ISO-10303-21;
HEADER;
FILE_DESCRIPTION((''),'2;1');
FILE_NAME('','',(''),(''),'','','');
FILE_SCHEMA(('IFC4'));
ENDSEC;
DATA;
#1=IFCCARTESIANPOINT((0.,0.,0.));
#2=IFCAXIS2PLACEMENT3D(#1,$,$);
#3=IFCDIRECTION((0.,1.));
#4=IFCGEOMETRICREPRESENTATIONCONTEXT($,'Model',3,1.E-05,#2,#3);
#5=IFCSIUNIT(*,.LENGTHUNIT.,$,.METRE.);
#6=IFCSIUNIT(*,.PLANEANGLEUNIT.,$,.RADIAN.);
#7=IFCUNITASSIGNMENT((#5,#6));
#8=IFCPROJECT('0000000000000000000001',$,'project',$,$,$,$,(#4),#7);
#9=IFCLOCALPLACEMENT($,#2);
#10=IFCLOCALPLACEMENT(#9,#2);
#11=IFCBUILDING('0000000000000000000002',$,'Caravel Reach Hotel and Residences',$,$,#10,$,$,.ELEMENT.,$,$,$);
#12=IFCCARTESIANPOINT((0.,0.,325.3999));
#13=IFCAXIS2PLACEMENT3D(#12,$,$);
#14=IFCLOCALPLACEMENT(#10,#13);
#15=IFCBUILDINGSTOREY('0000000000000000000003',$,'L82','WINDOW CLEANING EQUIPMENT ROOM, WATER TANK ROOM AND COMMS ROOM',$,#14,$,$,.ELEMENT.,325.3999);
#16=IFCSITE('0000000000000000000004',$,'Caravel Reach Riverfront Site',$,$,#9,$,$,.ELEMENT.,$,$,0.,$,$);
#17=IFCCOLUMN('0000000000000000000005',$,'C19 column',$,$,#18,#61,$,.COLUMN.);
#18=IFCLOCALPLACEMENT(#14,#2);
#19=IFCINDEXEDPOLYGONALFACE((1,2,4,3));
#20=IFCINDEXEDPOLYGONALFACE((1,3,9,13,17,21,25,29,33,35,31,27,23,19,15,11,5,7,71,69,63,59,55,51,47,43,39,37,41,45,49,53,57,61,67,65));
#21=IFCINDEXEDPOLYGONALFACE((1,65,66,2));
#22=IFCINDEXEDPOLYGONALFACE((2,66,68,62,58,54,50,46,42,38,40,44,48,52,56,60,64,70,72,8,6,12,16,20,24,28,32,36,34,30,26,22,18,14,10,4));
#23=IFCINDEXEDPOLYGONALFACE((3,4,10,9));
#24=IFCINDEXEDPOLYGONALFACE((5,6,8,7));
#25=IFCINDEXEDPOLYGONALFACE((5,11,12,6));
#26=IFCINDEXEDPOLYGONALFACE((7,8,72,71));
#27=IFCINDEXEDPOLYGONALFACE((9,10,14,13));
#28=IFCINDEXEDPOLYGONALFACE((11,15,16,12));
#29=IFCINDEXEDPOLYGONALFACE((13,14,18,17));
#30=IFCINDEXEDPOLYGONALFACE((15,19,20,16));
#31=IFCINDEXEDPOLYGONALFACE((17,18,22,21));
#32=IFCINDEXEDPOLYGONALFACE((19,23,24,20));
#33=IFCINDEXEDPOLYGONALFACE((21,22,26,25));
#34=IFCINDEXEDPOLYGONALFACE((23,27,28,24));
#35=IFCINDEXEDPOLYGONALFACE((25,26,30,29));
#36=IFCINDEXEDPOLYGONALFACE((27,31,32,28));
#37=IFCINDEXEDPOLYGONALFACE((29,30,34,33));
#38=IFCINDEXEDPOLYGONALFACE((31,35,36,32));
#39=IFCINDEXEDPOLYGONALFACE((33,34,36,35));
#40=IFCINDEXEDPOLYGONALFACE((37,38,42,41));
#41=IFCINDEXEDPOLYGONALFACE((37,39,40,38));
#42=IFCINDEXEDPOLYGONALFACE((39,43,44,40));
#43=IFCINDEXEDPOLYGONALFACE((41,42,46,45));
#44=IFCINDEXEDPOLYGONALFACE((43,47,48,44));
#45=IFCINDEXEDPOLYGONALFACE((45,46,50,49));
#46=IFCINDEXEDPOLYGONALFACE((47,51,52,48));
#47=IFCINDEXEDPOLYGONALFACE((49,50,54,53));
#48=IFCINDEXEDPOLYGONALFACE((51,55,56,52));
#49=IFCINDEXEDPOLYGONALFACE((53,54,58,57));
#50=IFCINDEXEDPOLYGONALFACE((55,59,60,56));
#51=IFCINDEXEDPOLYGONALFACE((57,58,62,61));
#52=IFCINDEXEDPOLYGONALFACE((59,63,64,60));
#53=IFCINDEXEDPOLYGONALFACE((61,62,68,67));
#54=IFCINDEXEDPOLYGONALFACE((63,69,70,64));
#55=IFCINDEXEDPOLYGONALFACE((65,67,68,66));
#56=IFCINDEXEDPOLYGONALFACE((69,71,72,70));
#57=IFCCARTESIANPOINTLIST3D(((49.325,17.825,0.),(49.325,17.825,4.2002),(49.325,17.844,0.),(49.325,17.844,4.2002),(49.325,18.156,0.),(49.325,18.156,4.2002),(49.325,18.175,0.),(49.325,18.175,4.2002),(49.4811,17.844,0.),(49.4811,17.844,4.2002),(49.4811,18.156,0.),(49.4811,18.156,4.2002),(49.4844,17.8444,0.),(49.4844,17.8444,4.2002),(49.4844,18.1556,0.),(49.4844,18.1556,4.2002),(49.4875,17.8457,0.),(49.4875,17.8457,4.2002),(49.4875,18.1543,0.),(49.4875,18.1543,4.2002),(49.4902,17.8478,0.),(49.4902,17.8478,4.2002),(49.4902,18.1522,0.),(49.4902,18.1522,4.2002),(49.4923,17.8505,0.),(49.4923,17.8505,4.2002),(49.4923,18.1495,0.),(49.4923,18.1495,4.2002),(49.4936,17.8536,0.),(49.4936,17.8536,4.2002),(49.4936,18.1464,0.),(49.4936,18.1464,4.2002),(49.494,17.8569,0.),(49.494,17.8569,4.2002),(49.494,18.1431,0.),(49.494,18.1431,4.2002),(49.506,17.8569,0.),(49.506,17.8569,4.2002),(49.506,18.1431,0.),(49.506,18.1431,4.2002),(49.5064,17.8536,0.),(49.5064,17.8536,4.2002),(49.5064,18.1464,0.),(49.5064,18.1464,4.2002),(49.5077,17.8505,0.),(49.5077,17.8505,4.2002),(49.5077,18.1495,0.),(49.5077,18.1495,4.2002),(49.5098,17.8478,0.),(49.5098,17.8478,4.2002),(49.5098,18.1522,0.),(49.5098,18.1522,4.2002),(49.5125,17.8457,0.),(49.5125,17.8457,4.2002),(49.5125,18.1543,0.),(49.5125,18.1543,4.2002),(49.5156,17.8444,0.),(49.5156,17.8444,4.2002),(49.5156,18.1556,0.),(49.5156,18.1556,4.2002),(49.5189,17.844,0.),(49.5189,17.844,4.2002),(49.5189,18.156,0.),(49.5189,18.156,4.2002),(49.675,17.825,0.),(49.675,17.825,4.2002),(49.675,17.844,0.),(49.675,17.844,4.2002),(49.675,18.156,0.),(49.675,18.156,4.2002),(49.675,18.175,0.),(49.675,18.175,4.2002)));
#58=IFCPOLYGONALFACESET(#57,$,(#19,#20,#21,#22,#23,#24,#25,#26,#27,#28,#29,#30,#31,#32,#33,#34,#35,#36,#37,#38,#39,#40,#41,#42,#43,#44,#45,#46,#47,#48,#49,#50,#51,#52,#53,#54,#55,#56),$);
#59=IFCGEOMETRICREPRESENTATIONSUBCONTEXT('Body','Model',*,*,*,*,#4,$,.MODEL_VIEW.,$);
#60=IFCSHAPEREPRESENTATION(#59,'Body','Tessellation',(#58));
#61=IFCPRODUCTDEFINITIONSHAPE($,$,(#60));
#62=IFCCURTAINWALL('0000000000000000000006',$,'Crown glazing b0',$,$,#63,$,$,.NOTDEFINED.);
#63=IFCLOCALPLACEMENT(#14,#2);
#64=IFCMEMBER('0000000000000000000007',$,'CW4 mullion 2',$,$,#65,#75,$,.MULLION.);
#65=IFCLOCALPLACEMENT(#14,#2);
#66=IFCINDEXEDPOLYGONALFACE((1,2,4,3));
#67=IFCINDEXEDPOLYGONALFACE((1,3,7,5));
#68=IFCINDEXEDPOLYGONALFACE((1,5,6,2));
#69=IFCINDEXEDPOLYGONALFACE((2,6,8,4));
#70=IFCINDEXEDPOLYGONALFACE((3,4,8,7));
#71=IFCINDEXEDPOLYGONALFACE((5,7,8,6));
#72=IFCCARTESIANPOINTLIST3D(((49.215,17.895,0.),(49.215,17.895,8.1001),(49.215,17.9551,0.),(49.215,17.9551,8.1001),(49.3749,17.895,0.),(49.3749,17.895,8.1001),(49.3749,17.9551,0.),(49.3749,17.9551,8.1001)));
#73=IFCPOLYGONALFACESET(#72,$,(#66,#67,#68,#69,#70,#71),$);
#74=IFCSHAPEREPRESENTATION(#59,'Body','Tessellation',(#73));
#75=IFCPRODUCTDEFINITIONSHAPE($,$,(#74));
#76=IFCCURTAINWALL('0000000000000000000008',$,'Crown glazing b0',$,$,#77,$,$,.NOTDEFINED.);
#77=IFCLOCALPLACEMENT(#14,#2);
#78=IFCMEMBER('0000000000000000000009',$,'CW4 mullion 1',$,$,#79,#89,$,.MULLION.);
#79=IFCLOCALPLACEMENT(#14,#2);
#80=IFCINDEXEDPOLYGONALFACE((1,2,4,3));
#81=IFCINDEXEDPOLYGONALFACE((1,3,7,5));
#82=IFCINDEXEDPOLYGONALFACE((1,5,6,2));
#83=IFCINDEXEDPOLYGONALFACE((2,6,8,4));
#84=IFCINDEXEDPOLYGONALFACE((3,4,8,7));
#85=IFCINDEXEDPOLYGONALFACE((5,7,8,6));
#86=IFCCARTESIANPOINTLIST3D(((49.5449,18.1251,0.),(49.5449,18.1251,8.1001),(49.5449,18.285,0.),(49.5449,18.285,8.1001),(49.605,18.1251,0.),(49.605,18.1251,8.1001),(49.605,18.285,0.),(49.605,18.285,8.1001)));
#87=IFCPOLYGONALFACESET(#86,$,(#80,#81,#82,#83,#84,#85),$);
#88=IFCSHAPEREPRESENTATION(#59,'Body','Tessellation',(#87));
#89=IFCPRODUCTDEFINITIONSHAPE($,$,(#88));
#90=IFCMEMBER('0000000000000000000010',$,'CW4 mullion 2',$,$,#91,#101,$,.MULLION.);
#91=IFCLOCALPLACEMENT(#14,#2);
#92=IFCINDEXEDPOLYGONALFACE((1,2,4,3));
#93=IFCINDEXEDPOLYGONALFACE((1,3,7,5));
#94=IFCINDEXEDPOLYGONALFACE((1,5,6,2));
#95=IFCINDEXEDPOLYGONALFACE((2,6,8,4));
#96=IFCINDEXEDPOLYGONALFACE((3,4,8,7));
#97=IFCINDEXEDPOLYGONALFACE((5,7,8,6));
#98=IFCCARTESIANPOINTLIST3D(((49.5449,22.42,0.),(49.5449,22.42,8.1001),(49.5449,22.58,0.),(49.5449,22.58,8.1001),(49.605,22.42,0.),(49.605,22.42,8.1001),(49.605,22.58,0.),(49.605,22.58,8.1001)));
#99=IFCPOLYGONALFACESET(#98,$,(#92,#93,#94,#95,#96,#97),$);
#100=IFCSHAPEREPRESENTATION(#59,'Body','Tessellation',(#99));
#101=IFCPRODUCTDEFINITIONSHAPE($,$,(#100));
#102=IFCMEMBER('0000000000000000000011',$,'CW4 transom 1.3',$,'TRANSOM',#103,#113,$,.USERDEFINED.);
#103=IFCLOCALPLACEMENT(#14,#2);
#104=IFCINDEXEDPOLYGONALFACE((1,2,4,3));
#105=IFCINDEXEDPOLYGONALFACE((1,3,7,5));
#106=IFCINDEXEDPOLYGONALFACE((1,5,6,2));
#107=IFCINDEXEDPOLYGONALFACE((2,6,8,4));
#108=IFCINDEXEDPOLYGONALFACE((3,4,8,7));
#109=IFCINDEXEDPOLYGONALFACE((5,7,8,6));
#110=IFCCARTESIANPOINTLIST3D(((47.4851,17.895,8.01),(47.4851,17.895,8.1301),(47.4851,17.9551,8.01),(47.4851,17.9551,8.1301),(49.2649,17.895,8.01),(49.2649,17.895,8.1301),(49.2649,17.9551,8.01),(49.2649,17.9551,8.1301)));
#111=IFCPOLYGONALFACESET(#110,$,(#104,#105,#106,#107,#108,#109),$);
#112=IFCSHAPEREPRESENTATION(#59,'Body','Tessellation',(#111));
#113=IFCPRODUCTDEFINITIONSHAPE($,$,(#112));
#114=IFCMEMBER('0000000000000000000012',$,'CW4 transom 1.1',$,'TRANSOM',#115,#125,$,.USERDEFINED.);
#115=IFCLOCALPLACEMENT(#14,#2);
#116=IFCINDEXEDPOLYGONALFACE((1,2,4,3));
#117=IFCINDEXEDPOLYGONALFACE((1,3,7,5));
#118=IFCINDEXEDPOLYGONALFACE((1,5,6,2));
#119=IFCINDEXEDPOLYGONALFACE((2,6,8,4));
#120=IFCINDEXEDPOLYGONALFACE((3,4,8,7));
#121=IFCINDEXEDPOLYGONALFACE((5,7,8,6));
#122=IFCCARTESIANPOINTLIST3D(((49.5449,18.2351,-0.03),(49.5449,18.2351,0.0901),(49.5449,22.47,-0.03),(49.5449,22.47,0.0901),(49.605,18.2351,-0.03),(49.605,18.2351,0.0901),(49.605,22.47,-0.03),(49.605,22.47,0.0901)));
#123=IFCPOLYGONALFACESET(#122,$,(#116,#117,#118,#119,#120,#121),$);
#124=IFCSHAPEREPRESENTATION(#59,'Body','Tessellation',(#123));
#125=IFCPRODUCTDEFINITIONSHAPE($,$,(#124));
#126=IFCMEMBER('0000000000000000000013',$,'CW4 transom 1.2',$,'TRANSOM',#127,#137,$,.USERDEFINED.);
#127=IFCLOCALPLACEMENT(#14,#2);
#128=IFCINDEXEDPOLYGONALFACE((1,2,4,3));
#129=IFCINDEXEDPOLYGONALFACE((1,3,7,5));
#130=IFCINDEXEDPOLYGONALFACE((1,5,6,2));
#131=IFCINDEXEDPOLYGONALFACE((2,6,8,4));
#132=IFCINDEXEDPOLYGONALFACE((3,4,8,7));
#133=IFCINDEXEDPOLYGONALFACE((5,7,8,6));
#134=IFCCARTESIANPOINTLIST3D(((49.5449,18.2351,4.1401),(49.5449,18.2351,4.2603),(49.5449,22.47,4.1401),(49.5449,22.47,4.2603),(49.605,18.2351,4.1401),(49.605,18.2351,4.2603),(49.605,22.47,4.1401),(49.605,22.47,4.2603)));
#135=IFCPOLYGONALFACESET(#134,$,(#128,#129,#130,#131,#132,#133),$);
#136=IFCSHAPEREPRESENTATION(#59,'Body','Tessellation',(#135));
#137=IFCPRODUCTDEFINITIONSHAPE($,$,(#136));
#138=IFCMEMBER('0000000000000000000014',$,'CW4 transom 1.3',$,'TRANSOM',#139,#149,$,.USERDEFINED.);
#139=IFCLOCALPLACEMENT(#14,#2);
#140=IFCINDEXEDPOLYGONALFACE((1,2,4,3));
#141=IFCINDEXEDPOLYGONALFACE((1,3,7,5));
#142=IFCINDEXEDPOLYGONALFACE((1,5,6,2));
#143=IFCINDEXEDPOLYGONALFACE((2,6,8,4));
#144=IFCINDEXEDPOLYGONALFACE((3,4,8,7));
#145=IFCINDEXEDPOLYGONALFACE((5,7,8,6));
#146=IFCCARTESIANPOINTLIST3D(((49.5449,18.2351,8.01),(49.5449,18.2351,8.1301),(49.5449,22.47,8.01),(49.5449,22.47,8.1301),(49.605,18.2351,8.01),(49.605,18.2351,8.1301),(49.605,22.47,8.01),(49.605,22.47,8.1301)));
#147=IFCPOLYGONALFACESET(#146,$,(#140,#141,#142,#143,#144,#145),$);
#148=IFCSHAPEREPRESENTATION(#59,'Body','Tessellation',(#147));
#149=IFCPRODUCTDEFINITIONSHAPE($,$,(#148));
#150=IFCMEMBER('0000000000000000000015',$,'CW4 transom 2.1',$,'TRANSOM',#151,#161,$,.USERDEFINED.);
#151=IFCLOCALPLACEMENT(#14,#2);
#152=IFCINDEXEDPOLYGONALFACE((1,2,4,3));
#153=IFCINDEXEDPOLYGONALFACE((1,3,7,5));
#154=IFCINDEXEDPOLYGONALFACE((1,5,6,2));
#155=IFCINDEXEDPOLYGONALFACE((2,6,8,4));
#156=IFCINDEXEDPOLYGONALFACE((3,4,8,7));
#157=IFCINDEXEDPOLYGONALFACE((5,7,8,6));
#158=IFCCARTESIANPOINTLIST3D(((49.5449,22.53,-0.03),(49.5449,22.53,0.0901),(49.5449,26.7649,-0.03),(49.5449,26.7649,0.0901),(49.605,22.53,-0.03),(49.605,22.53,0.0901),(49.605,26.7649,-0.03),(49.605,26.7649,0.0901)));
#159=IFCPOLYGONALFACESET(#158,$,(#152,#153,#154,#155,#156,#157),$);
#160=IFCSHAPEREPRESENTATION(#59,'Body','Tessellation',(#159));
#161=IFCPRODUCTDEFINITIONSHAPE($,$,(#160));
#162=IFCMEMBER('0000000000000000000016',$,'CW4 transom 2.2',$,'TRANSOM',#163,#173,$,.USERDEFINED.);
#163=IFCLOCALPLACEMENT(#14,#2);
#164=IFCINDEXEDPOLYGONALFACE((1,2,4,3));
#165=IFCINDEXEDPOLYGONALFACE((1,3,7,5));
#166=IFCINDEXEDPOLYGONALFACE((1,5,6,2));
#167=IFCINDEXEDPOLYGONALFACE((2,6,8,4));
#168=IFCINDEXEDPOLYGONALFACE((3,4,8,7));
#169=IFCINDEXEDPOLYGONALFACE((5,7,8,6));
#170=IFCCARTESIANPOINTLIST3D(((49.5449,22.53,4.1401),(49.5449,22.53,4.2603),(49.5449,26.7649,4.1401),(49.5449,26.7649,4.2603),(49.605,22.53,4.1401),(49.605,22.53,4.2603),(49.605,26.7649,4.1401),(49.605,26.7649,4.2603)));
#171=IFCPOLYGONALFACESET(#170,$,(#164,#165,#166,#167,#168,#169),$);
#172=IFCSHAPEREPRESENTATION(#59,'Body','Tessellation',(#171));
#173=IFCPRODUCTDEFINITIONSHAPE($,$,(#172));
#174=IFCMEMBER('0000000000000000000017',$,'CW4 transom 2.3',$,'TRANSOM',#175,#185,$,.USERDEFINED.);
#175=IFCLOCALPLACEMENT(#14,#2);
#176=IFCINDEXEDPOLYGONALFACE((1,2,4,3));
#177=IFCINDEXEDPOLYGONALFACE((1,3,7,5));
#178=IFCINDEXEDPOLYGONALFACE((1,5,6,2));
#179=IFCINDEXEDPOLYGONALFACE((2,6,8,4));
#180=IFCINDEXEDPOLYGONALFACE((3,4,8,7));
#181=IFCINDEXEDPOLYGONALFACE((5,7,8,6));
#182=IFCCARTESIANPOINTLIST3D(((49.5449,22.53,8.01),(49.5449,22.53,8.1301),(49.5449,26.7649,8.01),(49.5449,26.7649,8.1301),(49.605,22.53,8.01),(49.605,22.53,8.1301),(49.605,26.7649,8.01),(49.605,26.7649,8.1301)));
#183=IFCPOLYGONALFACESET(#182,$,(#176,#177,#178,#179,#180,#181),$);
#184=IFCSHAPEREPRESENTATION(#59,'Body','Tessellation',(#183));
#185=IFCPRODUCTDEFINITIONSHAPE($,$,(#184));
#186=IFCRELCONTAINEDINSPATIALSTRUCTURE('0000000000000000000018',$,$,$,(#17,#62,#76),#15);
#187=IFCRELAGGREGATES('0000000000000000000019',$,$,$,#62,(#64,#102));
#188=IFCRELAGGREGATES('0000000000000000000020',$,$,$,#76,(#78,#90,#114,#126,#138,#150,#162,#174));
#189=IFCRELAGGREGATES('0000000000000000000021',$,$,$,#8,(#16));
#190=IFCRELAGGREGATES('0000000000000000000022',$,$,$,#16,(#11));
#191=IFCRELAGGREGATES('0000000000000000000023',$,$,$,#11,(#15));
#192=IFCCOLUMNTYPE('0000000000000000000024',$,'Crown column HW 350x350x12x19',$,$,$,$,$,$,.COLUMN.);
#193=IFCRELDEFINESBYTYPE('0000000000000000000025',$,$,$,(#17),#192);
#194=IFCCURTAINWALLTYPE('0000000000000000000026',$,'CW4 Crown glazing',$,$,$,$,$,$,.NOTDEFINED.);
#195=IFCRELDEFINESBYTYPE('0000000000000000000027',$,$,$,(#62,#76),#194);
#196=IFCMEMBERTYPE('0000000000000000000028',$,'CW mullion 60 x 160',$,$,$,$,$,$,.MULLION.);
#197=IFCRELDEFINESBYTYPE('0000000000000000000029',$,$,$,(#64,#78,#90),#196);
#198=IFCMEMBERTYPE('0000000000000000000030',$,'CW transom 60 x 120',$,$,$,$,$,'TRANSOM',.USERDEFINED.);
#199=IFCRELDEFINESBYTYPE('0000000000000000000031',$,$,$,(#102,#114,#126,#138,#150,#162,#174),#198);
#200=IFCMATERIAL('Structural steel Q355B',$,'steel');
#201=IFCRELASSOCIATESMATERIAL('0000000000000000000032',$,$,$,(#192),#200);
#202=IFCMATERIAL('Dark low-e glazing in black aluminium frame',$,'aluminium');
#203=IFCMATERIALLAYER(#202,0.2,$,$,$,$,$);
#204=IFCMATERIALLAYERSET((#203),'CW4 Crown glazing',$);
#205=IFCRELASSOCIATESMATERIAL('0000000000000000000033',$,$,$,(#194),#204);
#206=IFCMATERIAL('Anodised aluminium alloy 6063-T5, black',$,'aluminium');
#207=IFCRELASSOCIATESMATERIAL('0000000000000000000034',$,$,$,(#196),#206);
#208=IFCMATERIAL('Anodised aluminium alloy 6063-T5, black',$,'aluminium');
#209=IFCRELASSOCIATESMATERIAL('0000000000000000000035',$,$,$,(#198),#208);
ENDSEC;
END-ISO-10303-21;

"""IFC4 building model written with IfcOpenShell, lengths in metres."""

from ifc_helpers import new_model, si_unit, direction, frame, origin, origin_2d, place, context, subcontext, project, spatial, rectangle, i_section, extrude, material, layer, layer_set, material_profile, profile_set, type_object, element, aggregate, save


model = new_model("IFC4")

# Units and contexts
model_context = context("Model", 3, precision=1e-05, world=origin(), true_north=direction((0.0, 1.0)))
body_context = subcontext(model_context, "Body", "Model", "MODEL_VIEW")
ifc_project = project(units=[si_unit("LENGTHUNIT", "METRE"), si_unit("PLANEANGLEUNIT", "RADIAN")], contexts=[model_context])

# Site, building, storey
site_placement = place(None, origin())
site = spatial("IfcSite", under=ifc_project, at=site_placement, Name="Caravel Reach Riverfront Site", CompositionType="ELEMENT", RefElevation=0.0)
building_placement = place(site_placement, origin())
building = spatial("IfcBuilding", under=site, at=building_placement, Name="Caravel Reach Hotel and Residences", CompositionType="ELEMENT")
storey_placement = place(building_placement, frame((0.0, 0.0, 325.3999)))
storey = spatial("IfcBuildingStorey", under=building, at=storey_placement, Name="L82", Description="WINDOW CLEANING EQUIPMENT ROOM, WATER TANK ROOM AND COMMS ROOM", CompositionType="ELEMENT", Elevation=325.3999)

# Column
ifc_material_1 = material(Name="Structural steel Q355B", Category="steel")
ifc_material_profile_1 = material_profile(ifc_material_1, i_section(OverallWidth=0.3501, OverallDepth=0.3501, WebThickness=0.012, FlangeThickness=0.019, FilletRadius=0.0129, at=origin_2d()), Name="HW 350x350x12x19")
ifc_profile_set_1 = profile_set([ifc_material_profile_1], Name="Structural steel Q355B")
column_type = type_object("IfcColumnType", Name="Crown column HW 350x350x12x19", PredefinedType="COLUMN", material=ifc_profile_set_1)
column_placement = place(storey_placement, frame((49.5, 18.0, 0.0), z_axis=(0.0, 0.0, 1.0), x_axis=(1.0, 0.0, 0.0)))
element("IfcColumn", 1, at=column_placement, inside=storey, type_object=column_type, Name="C19 column", PredefinedType="COLUMN", context=body_context, shape_type="SweptSolid", body=[
    extrude(i_section(OverallWidth=0.3501, OverallDepth=0.3501, WebThickness=0.012, FlangeThickness=0.019, FilletRadius=0.0129, at=origin_2d()), origin(), (0.0, 0.0, 1.0), 4.2002),
])

# Curtain wall, member
ifc_material_2 = material(Name="Dark low-e glazing in black aluminium frame", Category="aluminium")
ifc_layer_1 = layer(ifc_material_2, 0.2)
ifc_layer_set_1 = layer_set([ifc_layer_1], Name="CW4 Crown glazing")
curtain_wall_type = type_object("IfcCurtainWallType", Name="CW4 Crown glazing", PredefinedType="NOTDEFINED", material=ifc_layer_set_1)
curtain_wall_1_placement = place(storey_placement, origin())
curtain_wall_1 = element("IfcCurtainWall", 2, at=curtain_wall_1_placement, inside=storey, type_object=curtain_wall_type, Name="Crown glazing b0", PredefinedType="NOTDEFINED")
ifc_material_3 = material(Name="Anodised aluminium alloy 6063-T5, black", Category="aluminium")
ifc_material_profile_2 = material_profile(ifc_material_3, rectangle(XDim=0.0601, YDim=0.1599, at=origin_2d()), Name="CW mullion 60 x 160")
ifc_profile_set_2 = profile_set([ifc_material_profile_2], Name="Anodised aluminium alloy 6063-T5, black")
member_type_1 = type_object("IfcMemberType", Name="CW mullion 60 x 160", PredefinedType="MULLION", material=ifc_profile_set_2)
member_1_placement = place(storey_placement, frame((49.2949, 17.925, 0.0), z_axis=(0.0, 0.0, 1.0), x_axis=(0.0, 1.0, 0.0)))
member_1 = element("IfcMember", 3, at=member_1_placement, type_object=member_type_1, Name="CW4 mullion 2", PredefinedType="MULLION", context=body_context, shape_type="SweptSolid", body=[
    extrude(rectangle(XDim=0.0601, YDim=0.1599, at=origin_2d()), origin(), (0.0, 0.0, 1.0), 8.1001),
])

# Curtain wall, members
curtain_wall_2_placement = place(storey_placement, origin())
curtain_wall_2 = element("IfcCurtainWall", 4, at=curtain_wall_2_placement, inside=storey, type_object=curtain_wall_type, Name="Crown glazing b0", PredefinedType="NOTDEFINED")
member_2_placement = place(storey_placement, frame((49.575, 18.2051, 0.0), z_axis=(0.0, 0.0, 1.0), x_axis=(-1.0, 0.0, 0.0)))
member_2 = element("IfcMember", 5, at=member_2_placement, type_object=member_type_1, Name="CW4 mullion 1", PredefinedType="MULLION", context=body_context, shape_type="SweptSolid", body=[
    extrude(rectangle(XDim=0.0601, YDim=0.1599, at=origin_2d()), origin(), (0.0, 0.0, 1.0), 8.1001),
])
member_3_placement = place(storey_placement, frame((49.575, 22.5, 0.0), z_axis=(0.0, 0.0, 1.0), x_axis=(-1.0, 0.0, 0.0)))
member_3 = element("IfcMember", 6, at=member_3_placement, type_object=member_type_1, Name="CW4 mullion 2", PredefinedType="MULLION", context=body_context, shape_type="SweptSolid", body=[
    extrude(rectangle(XDim=0.0601, YDim=0.1599, at=origin_2d()), origin(), (0.0, 0.0, 1.0), 8.1001),
])

# Members
ifc_material_4 = material(Name="Anodised aluminium alloy 6063-T5, black", Category="aluminium")
ifc_material_profile_3 = material_profile(ifc_material_4, rectangle(XDim=0.0601, YDim=0.1201, at=origin_2d()), Name="CW transom 60 x 120")
ifc_profile_set_3 = profile_set([ifc_material_profile_3], Name="Anodised aluminium alloy 6063-T5, black")
member_type_2 = type_object("IfcMemberType", Name="CW transom 60 x 120", ElementType="TRANSOM", PredefinedType="USERDEFINED", material=ifc_profile_set_3)
member_4_placement = place(storey_placement, frame((47.4851, 17.925, 8.0701), z_axis=(1.0, 0.0, 0.0), x_axis=(0.0, 1.0, 0.0)))
member_4 = element("IfcMember", 7, at=member_4_placement, type_object=member_type_2, Name="CW4 transom 1.3", ObjectType="TRANSOM", PredefinedType="USERDEFINED", context=body_context, shape_type="SweptSolid", body=[
    extrude(rectangle(XDim=0.0601, YDim=0.1201, at=origin_2d()), origin(), (0.0, 0.0, 1.0), 1.7798),
])
member_5_placement = place(storey_placement, frame((49.575, 18.2351, 0.03), z_axis=(0.0, 1.0, 0.0), x_axis=(-1.0, 0.0, 0.0)))
member_5 = element("IfcMember", 8, at=member_5_placement, type_object=member_type_2, Name="CW4 transom 1.1", ObjectType="TRANSOM", PredefinedType="USERDEFINED", context=body_context, shape_type="SweptSolid", body=[
    extrude(rectangle(XDim=0.0601, YDim=0.1201, at=origin_2d()), origin(), (0.0, 0.0, 1.0), 4.2349),
])
member_6_placement = place(storey_placement, frame((49.575, 18.2351, 4.2002), z_axis=(0.0, 1.0, 0.0), x_axis=(-1.0, 0.0, 0.0)))
member_6 = element("IfcMember", 9, at=member_6_placement, type_object=member_type_2, Name="CW4 transom 1.2", ObjectType="TRANSOM", PredefinedType="USERDEFINED", context=body_context, shape_type="SweptSolid", body=[
    extrude(rectangle(XDim=0.0601, YDim=0.1201, at=origin_2d()), origin(), (0.0, 0.0, 1.0), 4.2349),
])
member_7_placement = place(storey_placement, frame((49.575, 18.2351, 8.0701), z_axis=(0.0, 1.0, 0.0), x_axis=(-1.0, 0.0, 0.0)))
member_7 = element("IfcMember", 10, at=member_7_placement, type_object=member_type_2, Name="CW4 transom 1.3", ObjectType="TRANSOM", PredefinedType="USERDEFINED", context=body_context, shape_type="SweptSolid", body=[
    extrude(rectangle(XDim=0.0601, YDim=0.1201, at=origin_2d()), origin(), (0.0, 0.0, 1.0), 4.2349),
])
member_8_placement = place(storey_placement, frame((49.575, 22.53, 0.03), z_axis=(0.0, 1.0, 0.0), x_axis=(-1.0, 0.0, 0.0)))
member_8 = element("IfcMember", 11, at=member_8_placement, type_object=member_type_2, Name="CW4 transom 2.1", ObjectType="TRANSOM", PredefinedType="USERDEFINED", context=body_context, shape_type="SweptSolid", body=[
    extrude(rectangle(XDim=0.0601, YDim=0.1201, at=origin_2d()), origin(), (0.0, 0.0, 1.0), 4.2349),
])
member_9_placement = place(storey_placement, frame((49.575, 22.53, 4.2002), z_axis=(0.0, 1.0, 0.0), x_axis=(-1.0, 0.0, 0.0)))
member_9 = element("IfcMember", 12, at=member_9_placement, type_object=member_type_2, Name="CW4 transom 2.2", ObjectType="TRANSOM", PredefinedType="USERDEFINED", context=body_context, shape_type="SweptSolid", body=[
    extrude(rectangle(XDim=0.0601, YDim=0.1201, at=origin_2d()), origin(), (0.0, 0.0, 1.0), 4.2349),
])
member_10_placement = place(storey_placement, frame((49.575, 22.53, 8.0701), z_axis=(0.0, 1.0, 0.0), x_axis=(-1.0, 0.0, 0.0)))
member_10 = element("IfcMember", 13, at=member_10_placement, type_object=member_type_2, Name="CW4 transom 2.3", ObjectType="TRANSOM", PredefinedType="USERDEFINED", context=body_context, shape_type="SweptSolid", body=[
    extrude(rectangle(XDim=0.0601, YDim=0.1201, at=origin_2d()), origin(), (0.0, 0.0, 1.0), 4.2349),
])

aggregate(curtain_wall_1, [member_1, member_4])
aggregate(curtain_wall_2, [member_2, member_3, member_5, member_6, member_7, member_8, member_9, member_10])

save(model, "model.ifc")
